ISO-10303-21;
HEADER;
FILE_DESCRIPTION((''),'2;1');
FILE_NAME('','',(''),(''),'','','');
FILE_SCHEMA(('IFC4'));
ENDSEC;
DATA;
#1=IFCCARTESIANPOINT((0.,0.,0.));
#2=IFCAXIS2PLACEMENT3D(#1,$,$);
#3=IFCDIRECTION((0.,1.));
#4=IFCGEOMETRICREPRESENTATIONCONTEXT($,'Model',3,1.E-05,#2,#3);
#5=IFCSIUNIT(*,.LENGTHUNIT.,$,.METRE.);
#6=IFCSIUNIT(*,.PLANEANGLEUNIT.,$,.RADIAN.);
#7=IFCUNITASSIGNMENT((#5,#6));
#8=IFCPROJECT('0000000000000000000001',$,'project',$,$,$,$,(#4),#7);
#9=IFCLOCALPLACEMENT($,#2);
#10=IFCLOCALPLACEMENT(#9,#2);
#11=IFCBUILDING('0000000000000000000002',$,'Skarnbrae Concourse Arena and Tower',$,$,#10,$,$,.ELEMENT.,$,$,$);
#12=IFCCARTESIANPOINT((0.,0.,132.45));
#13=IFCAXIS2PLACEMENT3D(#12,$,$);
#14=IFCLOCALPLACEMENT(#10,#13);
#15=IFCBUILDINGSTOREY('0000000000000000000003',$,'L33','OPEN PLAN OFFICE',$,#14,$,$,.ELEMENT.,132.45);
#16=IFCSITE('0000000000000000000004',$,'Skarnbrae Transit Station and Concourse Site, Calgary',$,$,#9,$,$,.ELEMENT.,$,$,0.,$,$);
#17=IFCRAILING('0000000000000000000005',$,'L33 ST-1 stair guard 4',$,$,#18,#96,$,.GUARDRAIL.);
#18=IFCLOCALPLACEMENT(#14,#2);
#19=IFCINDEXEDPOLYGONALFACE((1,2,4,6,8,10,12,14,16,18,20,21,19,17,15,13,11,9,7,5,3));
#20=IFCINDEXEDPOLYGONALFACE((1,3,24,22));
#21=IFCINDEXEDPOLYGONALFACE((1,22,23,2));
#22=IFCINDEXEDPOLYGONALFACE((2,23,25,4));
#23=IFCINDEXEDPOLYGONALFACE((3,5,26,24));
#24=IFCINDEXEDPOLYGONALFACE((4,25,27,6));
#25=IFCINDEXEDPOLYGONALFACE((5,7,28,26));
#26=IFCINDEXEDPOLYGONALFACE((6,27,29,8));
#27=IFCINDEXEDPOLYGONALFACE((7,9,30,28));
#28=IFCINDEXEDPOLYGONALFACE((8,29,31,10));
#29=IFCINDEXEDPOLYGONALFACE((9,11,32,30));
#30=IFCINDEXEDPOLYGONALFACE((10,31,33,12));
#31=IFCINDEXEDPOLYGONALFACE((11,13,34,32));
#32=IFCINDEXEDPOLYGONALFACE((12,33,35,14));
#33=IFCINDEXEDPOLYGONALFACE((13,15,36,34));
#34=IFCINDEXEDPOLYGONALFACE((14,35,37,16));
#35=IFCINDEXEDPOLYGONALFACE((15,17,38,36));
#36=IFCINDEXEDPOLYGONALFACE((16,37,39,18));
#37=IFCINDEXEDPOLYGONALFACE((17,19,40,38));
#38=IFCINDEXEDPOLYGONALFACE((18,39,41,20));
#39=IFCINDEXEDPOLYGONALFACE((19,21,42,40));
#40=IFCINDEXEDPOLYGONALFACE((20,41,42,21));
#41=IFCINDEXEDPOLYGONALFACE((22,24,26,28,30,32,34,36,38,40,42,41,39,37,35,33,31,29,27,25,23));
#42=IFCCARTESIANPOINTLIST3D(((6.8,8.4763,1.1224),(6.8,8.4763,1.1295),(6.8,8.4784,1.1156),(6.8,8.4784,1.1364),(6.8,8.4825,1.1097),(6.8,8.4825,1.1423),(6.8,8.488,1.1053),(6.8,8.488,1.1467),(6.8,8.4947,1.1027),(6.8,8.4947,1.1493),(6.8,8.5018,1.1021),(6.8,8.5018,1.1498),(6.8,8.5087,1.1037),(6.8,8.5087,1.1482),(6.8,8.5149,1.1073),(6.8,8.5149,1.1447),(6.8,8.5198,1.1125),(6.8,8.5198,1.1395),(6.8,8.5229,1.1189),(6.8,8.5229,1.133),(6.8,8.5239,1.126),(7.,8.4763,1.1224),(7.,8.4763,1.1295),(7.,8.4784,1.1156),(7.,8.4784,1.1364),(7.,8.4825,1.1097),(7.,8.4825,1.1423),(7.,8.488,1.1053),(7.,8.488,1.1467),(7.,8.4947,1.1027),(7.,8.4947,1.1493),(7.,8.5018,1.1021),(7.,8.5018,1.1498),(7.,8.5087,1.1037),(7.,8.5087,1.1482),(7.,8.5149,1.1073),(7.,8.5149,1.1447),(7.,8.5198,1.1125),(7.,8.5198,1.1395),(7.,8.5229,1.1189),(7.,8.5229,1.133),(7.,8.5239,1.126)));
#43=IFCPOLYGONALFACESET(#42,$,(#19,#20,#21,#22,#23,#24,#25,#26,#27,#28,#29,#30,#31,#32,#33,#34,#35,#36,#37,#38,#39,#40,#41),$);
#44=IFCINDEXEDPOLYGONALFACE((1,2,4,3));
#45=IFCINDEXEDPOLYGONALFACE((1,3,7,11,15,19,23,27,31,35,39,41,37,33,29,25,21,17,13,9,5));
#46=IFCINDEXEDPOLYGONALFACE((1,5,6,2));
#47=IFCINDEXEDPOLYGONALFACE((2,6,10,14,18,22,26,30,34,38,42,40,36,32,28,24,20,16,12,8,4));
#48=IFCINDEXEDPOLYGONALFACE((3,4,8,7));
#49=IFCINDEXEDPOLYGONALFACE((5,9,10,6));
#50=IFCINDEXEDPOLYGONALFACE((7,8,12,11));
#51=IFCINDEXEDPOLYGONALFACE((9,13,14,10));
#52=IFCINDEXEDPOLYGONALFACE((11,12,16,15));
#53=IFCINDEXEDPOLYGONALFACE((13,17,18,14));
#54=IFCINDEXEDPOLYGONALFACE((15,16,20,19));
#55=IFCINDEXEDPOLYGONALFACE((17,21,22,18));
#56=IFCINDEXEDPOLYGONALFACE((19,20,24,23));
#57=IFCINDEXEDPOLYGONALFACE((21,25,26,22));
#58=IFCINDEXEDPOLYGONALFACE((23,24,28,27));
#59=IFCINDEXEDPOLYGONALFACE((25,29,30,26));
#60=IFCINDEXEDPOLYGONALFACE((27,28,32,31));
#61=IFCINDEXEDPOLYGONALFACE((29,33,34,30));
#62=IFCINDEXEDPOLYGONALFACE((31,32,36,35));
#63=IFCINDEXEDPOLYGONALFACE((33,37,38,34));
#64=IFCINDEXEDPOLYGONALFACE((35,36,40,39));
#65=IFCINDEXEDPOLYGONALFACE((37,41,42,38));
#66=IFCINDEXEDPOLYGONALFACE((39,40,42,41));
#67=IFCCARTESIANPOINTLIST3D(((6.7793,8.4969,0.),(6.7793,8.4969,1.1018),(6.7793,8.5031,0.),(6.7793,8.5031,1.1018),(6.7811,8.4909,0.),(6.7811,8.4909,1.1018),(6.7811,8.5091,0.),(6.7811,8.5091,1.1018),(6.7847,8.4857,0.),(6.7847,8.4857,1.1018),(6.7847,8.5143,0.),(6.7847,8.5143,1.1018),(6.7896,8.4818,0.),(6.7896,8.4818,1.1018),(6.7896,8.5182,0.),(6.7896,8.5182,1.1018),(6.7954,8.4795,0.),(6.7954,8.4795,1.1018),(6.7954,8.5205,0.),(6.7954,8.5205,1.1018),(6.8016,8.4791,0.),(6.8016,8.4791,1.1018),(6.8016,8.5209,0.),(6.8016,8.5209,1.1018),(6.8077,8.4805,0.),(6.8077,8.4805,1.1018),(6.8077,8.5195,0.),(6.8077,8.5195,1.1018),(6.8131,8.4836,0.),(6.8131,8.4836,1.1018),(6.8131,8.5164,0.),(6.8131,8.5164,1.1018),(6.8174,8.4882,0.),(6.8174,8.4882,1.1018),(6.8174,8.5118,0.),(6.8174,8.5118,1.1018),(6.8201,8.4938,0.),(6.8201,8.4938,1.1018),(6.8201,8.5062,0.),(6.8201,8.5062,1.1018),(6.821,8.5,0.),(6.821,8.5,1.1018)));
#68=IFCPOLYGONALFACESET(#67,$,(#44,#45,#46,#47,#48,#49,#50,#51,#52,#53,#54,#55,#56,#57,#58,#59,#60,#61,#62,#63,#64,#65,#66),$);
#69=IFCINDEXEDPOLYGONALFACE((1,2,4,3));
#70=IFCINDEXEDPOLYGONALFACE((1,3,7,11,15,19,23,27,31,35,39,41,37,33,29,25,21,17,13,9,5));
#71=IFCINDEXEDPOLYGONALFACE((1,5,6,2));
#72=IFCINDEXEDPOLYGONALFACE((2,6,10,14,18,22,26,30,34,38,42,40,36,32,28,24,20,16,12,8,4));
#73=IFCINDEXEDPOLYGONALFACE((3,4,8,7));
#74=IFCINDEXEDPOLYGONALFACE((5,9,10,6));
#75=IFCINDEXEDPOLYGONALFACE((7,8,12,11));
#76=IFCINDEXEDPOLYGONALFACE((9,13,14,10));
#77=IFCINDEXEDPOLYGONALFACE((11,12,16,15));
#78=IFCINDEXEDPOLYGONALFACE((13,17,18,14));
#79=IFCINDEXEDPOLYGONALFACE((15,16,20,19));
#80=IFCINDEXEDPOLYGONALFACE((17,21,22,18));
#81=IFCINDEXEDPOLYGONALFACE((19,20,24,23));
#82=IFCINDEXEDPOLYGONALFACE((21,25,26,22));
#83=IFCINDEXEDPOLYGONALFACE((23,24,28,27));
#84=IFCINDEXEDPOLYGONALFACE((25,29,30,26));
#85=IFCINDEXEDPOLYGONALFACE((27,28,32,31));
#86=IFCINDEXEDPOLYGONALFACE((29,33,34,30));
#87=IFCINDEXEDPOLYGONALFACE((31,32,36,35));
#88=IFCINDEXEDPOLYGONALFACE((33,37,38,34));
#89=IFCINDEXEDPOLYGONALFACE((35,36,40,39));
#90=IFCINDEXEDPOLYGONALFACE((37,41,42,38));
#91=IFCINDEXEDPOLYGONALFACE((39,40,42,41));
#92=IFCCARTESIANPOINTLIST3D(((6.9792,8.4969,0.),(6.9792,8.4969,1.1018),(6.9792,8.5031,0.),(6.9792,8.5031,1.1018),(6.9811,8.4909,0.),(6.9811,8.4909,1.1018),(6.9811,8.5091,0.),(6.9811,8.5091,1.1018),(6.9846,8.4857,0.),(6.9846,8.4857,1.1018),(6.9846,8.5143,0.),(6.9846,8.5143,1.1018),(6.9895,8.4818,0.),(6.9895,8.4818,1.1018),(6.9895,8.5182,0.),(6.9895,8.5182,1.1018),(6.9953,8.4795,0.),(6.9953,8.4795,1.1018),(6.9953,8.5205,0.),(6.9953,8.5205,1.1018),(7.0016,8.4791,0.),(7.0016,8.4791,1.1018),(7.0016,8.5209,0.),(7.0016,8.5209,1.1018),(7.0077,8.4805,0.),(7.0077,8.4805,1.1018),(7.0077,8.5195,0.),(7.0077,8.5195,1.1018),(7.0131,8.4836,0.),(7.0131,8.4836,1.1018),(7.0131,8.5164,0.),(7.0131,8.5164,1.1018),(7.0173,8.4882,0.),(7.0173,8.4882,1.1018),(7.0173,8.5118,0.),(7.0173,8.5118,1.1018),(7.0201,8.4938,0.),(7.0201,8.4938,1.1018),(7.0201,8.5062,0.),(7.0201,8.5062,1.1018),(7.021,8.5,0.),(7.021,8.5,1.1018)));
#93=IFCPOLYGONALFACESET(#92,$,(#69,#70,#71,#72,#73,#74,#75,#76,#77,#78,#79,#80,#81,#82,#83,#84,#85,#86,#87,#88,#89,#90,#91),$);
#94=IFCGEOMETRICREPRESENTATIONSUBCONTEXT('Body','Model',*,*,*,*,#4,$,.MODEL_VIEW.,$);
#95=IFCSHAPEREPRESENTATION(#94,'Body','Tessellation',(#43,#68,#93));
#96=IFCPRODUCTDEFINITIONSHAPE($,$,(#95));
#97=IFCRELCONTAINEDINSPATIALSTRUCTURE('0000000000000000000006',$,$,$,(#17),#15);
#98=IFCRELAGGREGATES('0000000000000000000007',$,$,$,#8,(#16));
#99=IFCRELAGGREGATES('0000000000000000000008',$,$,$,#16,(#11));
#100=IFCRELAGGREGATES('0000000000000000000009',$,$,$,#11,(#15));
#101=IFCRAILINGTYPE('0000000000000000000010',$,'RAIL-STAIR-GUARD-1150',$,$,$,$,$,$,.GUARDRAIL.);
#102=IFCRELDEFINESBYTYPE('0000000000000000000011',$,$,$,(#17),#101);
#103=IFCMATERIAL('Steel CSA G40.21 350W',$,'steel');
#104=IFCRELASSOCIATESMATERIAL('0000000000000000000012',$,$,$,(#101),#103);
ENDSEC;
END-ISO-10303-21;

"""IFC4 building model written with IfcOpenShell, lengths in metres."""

from ifc_helpers import new_model, si_unit, direction, frame, origin, origin_2d, place, context, subcontext, project, spatial, circle, extrude, material, type_object, element, save


model = new_model("IFC4")

# Units and contexts
model_context = context("Model", 3, precision=1e-05, world=origin(), true_north=direction((0.0, 1.0)))
body_context = subcontext(model_context, "Body", "Model", "MODEL_VIEW")
ifc_project = project(units=[si_unit("LENGTHUNIT", "METRE"), si_unit("PLANEANGLEUNIT", "RADIAN")], contexts=[model_context])

# Site, building, storey
site_placement = place(None, origin())
site = spatial("IfcSite", under=ifc_project, at=site_placement, Name="Skarnbrae Transit Station and Concourse Site, Calgary", CompositionType="ELEMENT", RefElevation=0.0)
building_placement = place(site_placement, origin())
building = spatial("IfcBuilding", under=site, at=building_placement, Name="Skarnbrae Concourse Arena and Tower", CompositionType="ELEMENT")
storey_placement = place(building_placement, frame((0.0, 0.0, 132.45)))
storey = spatial("IfcBuildingStorey", under=building, at=storey_placement, Name="L33", Description="OPEN PLAN OFFICE", CompositionType="ELEMENT", Elevation=132.45)

# Railing
ifc_material_1 = material(Name="Steel CSA G40.21 350W", Category="steel")
railing_type_1 = type_object("IfcRailingType", Name="RAIL-STAIR-GUARD-1150", PredefinedType="GUARDRAIL", material=ifc_material_1)
railing_1_placement = place(storey_placement, frame((6.8, 8.5, 0.0)))
element("IfcRailing", 1, at=railing_1_placement, inside=storey, type_object=railing_type_1, Name="L33 ST-1 stair guard 4", PredefinedType="GUARDRAIL", context=body_context, shape_type="SweptSolid", body=[
    extrude(circle(Radius=0.0239, at=origin_2d()), frame((0.0, 0.0, 1.126), z_axis=(1.0, 0.0, 0.0), x_axis=(0.0, 1.0, 0.0)), (0.0, 0.0, 1.0), 0.2),
    extrude(circle(Radius=0.021, at=origin_2d()), origin(), (0.0, 0.0, 1.0), 1.1018),
    extrude(circle(Radius=0.021, at=origin_2d()), frame((0.2, 0.0, 0.0)), (0.0, 0.0, 1.0), 1.1018),
])

save(model, "model.ifc")
